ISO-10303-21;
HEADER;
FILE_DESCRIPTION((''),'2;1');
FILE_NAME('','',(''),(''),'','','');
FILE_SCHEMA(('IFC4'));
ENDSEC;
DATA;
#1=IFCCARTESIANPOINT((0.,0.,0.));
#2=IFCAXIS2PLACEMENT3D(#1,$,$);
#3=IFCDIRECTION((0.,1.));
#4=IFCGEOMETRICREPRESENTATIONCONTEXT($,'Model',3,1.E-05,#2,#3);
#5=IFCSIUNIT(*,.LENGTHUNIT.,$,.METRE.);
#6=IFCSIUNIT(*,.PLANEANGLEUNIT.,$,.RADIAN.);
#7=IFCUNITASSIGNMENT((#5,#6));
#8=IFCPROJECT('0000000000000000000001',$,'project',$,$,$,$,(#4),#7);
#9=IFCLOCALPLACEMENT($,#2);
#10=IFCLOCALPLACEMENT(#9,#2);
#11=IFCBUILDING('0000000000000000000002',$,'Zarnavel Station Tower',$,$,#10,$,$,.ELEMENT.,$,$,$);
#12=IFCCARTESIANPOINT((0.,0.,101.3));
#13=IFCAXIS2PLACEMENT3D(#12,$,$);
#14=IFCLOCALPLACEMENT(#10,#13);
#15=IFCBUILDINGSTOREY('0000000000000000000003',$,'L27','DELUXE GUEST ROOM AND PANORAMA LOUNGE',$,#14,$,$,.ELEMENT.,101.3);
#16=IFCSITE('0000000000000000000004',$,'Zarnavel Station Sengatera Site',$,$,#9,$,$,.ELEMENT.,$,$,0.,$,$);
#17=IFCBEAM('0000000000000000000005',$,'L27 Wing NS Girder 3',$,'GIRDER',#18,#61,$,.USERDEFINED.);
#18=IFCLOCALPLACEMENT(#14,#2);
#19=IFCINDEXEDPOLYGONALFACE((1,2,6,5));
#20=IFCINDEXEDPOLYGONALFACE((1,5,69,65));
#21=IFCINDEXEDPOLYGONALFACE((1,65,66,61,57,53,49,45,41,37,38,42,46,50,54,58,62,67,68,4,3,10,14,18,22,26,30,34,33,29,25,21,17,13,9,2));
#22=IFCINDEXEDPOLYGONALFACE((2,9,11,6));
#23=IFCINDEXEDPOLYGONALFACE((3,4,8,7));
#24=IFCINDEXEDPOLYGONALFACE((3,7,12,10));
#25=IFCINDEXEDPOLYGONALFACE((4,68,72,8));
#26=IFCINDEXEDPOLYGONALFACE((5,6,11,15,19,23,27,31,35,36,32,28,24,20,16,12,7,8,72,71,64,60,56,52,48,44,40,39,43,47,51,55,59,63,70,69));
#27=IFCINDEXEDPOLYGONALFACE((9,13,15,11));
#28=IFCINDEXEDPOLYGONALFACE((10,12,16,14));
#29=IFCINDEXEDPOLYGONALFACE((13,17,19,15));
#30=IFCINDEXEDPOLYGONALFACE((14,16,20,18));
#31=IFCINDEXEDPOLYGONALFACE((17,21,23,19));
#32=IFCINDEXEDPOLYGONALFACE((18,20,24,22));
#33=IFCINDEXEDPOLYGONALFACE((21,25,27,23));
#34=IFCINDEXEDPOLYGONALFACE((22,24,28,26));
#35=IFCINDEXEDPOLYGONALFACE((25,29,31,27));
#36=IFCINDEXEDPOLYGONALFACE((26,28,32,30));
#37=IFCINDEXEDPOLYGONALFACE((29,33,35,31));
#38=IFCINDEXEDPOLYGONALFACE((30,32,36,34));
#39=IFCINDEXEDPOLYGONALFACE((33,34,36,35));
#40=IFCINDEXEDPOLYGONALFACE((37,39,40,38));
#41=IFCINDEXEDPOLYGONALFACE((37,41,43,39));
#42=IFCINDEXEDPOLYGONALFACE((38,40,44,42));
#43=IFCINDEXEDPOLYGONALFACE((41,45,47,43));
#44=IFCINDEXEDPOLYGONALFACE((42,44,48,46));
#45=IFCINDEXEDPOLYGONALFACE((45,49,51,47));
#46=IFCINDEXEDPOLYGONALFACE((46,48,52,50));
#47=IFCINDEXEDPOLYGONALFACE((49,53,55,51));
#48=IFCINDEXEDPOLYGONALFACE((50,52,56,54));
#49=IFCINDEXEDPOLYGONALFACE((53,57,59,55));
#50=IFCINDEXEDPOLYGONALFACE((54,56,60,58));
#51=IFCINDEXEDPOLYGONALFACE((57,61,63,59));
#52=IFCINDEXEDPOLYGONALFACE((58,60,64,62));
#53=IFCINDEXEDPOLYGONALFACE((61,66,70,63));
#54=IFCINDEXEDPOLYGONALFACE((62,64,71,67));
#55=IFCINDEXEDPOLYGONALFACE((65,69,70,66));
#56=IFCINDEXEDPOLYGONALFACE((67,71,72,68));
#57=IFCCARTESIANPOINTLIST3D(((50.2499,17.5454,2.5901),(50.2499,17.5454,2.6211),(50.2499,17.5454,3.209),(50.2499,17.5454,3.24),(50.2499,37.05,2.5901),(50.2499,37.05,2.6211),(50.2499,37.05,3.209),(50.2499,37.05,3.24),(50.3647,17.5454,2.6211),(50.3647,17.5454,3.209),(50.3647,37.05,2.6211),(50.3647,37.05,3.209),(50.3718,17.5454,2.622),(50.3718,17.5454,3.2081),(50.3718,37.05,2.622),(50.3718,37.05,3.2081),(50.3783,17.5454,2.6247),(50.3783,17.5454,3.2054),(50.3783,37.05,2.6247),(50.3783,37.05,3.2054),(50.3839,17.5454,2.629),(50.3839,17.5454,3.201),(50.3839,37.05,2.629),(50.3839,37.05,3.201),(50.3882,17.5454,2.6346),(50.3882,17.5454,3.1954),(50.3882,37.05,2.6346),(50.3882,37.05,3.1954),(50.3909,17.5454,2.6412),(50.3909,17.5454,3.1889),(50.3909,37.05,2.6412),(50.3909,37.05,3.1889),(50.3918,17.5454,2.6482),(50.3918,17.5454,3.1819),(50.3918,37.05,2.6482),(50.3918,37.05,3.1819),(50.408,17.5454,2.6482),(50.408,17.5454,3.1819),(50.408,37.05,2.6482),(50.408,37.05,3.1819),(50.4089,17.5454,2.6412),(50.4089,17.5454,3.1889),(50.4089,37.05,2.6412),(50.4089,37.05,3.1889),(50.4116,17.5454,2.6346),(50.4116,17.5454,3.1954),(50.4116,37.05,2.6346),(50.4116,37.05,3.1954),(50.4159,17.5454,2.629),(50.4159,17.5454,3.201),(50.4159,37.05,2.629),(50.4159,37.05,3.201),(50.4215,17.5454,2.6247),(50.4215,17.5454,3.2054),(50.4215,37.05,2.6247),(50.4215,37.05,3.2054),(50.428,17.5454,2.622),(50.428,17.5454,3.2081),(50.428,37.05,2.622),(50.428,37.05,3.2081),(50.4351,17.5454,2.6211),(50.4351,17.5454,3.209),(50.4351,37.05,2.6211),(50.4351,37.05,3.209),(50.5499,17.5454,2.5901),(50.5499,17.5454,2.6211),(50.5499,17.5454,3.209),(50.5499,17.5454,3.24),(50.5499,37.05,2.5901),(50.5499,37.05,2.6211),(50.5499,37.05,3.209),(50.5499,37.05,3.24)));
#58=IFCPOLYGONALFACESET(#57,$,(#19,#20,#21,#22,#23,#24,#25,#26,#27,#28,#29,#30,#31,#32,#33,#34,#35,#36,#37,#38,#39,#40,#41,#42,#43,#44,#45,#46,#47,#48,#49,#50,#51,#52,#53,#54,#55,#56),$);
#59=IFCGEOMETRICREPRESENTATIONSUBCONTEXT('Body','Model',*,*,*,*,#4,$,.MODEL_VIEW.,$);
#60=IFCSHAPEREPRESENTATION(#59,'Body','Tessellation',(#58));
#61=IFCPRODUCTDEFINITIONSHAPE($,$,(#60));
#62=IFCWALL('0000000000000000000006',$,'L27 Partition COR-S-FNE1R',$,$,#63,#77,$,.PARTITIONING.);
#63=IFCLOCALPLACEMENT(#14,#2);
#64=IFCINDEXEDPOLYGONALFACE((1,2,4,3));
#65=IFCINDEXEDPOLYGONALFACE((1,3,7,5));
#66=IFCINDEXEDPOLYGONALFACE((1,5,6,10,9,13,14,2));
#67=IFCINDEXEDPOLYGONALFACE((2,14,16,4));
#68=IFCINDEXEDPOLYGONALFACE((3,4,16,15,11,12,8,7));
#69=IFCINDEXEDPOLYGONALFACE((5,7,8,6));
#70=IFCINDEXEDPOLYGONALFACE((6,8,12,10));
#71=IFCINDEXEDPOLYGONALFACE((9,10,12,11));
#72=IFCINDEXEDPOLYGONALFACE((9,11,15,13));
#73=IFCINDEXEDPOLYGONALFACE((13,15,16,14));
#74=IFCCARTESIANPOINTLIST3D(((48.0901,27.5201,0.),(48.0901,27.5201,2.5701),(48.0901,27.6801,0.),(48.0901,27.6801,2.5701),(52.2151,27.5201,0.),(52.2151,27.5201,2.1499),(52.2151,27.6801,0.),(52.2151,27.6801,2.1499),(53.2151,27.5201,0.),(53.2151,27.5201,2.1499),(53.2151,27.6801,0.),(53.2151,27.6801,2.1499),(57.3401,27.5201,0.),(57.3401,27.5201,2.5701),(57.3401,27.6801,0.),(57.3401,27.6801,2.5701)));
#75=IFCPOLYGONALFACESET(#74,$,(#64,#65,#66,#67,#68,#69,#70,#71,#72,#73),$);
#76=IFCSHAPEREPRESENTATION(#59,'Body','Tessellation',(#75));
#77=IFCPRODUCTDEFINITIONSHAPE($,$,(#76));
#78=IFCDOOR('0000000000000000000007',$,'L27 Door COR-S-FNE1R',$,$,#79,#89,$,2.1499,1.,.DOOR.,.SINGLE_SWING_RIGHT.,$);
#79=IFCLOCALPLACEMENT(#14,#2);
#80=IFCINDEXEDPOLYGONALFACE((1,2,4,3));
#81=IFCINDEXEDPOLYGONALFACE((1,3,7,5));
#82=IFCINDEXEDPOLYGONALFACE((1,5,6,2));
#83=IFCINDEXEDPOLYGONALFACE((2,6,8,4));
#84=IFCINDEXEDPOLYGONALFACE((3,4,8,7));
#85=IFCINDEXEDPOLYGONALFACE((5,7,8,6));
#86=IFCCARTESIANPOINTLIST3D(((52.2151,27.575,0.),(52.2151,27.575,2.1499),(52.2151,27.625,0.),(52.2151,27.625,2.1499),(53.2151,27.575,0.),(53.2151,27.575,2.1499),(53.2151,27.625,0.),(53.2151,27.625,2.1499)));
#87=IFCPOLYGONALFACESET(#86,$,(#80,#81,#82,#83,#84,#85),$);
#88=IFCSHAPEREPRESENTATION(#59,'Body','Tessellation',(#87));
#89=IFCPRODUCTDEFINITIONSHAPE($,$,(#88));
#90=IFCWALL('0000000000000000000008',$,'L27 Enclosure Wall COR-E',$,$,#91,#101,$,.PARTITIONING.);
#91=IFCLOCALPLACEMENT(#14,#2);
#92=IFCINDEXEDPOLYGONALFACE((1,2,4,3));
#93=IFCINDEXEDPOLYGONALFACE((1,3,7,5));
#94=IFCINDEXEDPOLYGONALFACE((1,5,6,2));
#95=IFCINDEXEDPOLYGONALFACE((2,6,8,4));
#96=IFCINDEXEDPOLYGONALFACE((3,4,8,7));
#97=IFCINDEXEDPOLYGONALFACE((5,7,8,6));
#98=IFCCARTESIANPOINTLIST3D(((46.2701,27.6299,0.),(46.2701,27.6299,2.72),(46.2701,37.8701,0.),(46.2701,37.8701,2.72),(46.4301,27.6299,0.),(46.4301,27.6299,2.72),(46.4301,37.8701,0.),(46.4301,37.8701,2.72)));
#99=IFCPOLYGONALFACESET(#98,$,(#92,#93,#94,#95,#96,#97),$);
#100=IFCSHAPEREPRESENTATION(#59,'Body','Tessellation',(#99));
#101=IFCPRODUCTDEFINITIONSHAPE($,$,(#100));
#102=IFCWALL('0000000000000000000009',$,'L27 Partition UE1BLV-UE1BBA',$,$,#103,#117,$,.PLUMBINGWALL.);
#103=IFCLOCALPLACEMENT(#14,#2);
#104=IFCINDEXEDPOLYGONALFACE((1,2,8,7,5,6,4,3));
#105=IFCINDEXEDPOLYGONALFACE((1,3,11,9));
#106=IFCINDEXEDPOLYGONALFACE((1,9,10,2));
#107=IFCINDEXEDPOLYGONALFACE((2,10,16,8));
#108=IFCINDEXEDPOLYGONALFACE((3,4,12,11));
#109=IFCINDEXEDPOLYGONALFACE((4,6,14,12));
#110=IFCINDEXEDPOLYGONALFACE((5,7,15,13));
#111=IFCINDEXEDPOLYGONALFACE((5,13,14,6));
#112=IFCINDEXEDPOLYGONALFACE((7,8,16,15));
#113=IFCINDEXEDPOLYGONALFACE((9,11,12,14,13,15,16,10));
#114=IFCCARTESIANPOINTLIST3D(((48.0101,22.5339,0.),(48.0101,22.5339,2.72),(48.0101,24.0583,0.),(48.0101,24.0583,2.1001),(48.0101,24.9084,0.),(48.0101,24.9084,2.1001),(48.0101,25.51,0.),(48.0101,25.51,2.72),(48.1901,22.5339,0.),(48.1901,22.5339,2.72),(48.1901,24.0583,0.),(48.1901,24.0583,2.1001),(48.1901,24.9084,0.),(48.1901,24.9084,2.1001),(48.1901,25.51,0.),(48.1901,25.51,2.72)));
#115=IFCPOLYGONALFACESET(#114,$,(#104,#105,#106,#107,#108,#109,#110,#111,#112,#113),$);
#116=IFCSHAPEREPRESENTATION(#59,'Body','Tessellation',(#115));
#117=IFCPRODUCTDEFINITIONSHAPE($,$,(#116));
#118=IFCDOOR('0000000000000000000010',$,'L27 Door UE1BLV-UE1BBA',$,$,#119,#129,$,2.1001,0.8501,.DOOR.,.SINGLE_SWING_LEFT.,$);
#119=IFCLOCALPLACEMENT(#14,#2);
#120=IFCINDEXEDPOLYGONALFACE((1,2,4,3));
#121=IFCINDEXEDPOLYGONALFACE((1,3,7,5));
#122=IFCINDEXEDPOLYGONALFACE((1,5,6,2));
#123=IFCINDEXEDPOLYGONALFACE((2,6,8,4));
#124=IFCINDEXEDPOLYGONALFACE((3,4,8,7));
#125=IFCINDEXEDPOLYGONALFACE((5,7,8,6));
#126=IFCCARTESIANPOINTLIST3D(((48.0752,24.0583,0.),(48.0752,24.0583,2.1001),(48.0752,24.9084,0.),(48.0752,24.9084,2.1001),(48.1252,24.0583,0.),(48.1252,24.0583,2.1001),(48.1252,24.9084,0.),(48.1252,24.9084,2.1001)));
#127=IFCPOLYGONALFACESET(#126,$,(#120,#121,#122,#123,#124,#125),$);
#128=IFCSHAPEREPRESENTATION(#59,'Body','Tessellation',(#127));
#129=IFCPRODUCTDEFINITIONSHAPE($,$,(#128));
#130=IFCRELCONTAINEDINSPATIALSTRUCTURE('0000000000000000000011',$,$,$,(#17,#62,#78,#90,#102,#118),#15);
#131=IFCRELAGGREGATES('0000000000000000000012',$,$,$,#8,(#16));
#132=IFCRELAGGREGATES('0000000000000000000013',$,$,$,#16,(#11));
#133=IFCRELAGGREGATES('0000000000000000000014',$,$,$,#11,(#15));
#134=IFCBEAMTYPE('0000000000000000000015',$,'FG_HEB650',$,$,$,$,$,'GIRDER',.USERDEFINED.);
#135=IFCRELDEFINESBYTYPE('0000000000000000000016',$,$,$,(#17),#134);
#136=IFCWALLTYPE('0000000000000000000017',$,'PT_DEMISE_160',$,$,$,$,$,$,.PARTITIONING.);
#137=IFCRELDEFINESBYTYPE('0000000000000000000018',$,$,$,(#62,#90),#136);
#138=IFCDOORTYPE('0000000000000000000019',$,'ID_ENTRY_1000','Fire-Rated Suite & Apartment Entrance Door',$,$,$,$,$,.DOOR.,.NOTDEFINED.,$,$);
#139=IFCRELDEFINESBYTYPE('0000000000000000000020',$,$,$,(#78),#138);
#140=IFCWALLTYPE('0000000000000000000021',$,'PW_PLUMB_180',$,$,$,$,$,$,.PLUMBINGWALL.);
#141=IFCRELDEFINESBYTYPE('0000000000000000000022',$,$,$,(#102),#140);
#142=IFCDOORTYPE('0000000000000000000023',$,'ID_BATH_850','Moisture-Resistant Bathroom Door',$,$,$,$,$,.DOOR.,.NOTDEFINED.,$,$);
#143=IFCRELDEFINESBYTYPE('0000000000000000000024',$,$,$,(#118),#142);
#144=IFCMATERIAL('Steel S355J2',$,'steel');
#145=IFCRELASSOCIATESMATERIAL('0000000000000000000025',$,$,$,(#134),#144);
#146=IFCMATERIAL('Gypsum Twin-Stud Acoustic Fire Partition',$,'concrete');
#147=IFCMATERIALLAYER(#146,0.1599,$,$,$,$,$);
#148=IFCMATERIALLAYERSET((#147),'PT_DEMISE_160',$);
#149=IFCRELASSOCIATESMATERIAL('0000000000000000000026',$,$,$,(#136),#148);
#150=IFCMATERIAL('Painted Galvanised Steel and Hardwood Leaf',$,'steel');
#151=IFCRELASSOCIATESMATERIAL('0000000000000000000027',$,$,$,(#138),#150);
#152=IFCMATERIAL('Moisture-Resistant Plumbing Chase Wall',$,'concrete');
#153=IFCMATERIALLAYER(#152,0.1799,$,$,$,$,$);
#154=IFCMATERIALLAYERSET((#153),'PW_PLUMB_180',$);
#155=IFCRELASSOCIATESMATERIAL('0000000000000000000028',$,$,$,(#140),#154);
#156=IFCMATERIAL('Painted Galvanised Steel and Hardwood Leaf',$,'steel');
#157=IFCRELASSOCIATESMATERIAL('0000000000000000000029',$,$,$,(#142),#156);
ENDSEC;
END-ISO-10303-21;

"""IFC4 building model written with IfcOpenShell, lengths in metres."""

from ifc_helpers import new_model, si_unit, direction, frame, frame_2d, origin, origin_2d, place, context, subcontext, project, spatial, rectangle, i_section, extrude, material, layer, layer_set, material_profile, profile_set, type_object, element, fill, save


model = new_model("IFC4")

# Units and contexts
model_context = context("Model", 3, precision=1e-05, world=origin(), true_north=direction((0.0, 1.0)))
body_context = subcontext(model_context, "Body", "Model", "MODEL_VIEW")
ifc_project = project(units=[si_unit("LENGTHUNIT", "METRE"), si_unit("PLANEANGLEUNIT", "RADIAN")], contexts=[model_context])

# Site, building, storey
site_placement = place(None, origin())
site = spatial("IfcSite", under=ifc_project, at=site_placement, Name="Zarnavel Station Sengatera Site", CompositionType="ELEMENT", RefElevation=0.0)
building_placement = place(site_placement, origin())
building = spatial("IfcBuilding", under=site, at=building_placement, Name="Zarnavel Station Tower", CompositionType="ELEMENT")
storey_placement = place(building_placement, frame((0.0, 0.0, 101.3)))
storey = spatial("IfcBuildingStorey", under=building, at=storey_placement, Name="L27", Description="DELUXE GUEST ROOM AND PANORAMA LOUNGE", CompositionType="ELEMENT", Elevation=101.3)

# Beam
ifc_material_1 = material(Name="Steel S355J2", Category="steel")
ifc_material_profile_1 = material_profile(ifc_material_1, i_section(OverallWidth=0.3, OverallDepth=0.6499, WebThickness=0.0161, FlangeThickness=0.031, FilletRadius=0.0271, at=origin_2d()), Name="HEB650")
ifc_profile_set_1 = profile_set([ifc_material_profile_1], Name="Steel S355J2")
beam_type_1 = type_object("IfcBeamType", Name="FG_HEB650", ElementType="GIRDER", PredefinedType="USERDEFINED", material=ifc_profile_set_1)
beam_1_placement = place(storey_placement, frame((50.3999, 17.5454, 2.915), z_axis=(0.0, 1.0, 0.0), x_axis=(-1.0, 0.0, 0.0)))
element("IfcBeam", 1, at=beam_1_placement, inside=storey, type_object=beam_type_1, Name="L27 Wing NS Girder 3", ObjectType="GIRDER", PredefinedType="USERDEFINED", context=body_context, shape_type="SweptSolid", body=[
    extrude(i_section(OverallWidth=0.3, OverallDepth=0.6499, WebThickness=0.0161, FlangeThickness=0.031, FilletRadius=0.0271, at=origin_2d()), origin(), (0.0, 0.0, 1.0), 19.5046),
])

# Wall, opening, door
ifc_material_2 = material(Name="Gypsum Twin-Stud Acoustic Fire Partition", Category="concrete")
ifc_layer_1 = layer(ifc_material_2, 0.1599)
ifc_layer_set_1 = layer_set([ifc_layer_1], Name="PT_DEMISE_160")
wall_type_1 = type_object("IfcWallType", Name="PT_DEMISE_160", PredefinedType="PARTITIONING", material=ifc_layer_set_1)
wall_1_placement = place(storey_placement, frame((48.0901, 27.6001, 0.0), z_axis=(0.0, 0.0, 1.0), x_axis=(1.0, 0.0, 0.0)))
wall_1 = element("IfcWall", 2, at=wall_1_placement, inside=storey, type_object=wall_type_1, Name="L27 Partition COR-S-FNE1R", PredefinedType="PARTITIONING", context=body_context, shape_type="SweptSolid", body=[
    extrude(rectangle(XDim=9.25, YDim=0.1599, at=frame_2d((4.625, 0.0))), origin(), (0.0, 0.0, 1.0), 2.5701),
])
opening_1_placement = place(wall_1_placement, frame((4.125, 0.0, 0.0)))
opening_1 = element("IfcOpeningElement", 3, at=opening_1_placement, cuts=wall_1, PredefinedType="OPENING", context=body_context, shape_type="SweptSolid", body=[
    extrude(rectangle(XDim=1.0, YDim=2.1499, at=frame_2d((0.5, 1.075))), frame((0.0, 0.0898, 0.0), z_axis=(0.0, -1.0, 0.0), x_axis=(1.0, 0.0, 0.0)), (0.0, 0.0, 1.0), 0.1799),
])
ifc_material_3 = material(Name="Painted Galvanised Steel and Hardwood Leaf", Category="steel")
door_type_1 = type_object("IfcDoorType", Name="ID_ENTRY_1000", Description="Fire-Rated Suite & Apartment Entrance Door", OperationType="NOTDEFINED", PredefinedType="DOOR", material=ifc_material_3)
door_1_placement = place(opening_1_placement, origin())
door_1 = element("IfcDoor", 4, at=door_1_placement, inside=storey, type_object=door_type_1, Name="L27 Door COR-S-FNE1R", OperationType="SINGLE_SWING_RIGHT", OverallHeight=2.1499, OverallWidth=1.0, PredefinedType="DOOR", context=body_context, shape_type="SweptSolid", body=[
    extrude(rectangle(XDim=1.0, YDim=2.1499, at=frame_2d((0.5, 1.075))), frame((0.0, 0.0249, 0.0), z_axis=(0.0, -1.0, 0.0), x_axis=(1.0, 0.0, 0.0)), (0.0, 0.0, 1.0), 0.05),
])
fill(opening_1, door_1)

# Wall
wall_2_placement = place(storey_placement, frame((46.3501, 27.6299, 0.0), z_axis=(0.0, 0.0, 1.0), x_axis=(0.0, 1.0, 0.0)))
element("IfcWall", 5, at=wall_2_placement, inside=storey, type_object=wall_type_1, Name="L27 Enclosure Wall COR-E", PredefinedType="PARTITIONING", context=body_context, shape_type="SweptSolid", body=[
    extrude(rectangle(XDim=10.2402, YDim=0.1599, at=frame_2d((5.1201, 0.0))), origin(), (0.0, 0.0, 1.0), 2.72),
])

# Wall, opening, door
ifc_material_4 = material(Name="Moisture-Resistant Plumbing Chase Wall", Category="concrete")
ifc_layer_2 = layer(ifc_material_4, 0.1799)
ifc_layer_set_2 = layer_set([ifc_layer_2], Name="PW_PLUMB_180")
wall_type_2 = type_object("IfcWallType", Name="PW_PLUMB_180", PredefinedType="PLUMBINGWALL", material=ifc_layer_set_2)
wall_3_placement = place(storey_placement, frame((48.1001, 22.5339, 0.0), z_axis=(0.0, 0.0, 1.0), x_axis=(0.0, 1.0, 0.0)))
wall_3 = element("IfcWall", 6, at=wall_3_placement, inside=storey, type_object=wall_type_2, Name="L27 Partition UE1BLV-UE1BBA", PredefinedType="PLUMBINGWALL", context=body_context, shape_type="SweptSolid", body=[
    extrude(rectangle(XDim=2.9761, YDim=0.1799, at=frame_2d((1.488, 0.0))), origin(), (0.0, 0.0, 1.0), 2.72),
])
opening_2_placement = place(wall_3_placement, frame((1.5244, 0.0, 0.0)))
opening_2 = element("IfcOpeningElement", 7, at=opening_2_placement, cuts=wall_3, PredefinedType="OPENING", context=body_context, shape_type="SweptSolid", body=[
    extrude(rectangle(XDim=0.8501, YDim=2.1001, at=frame_2d((0.425, 1.05))), frame((0.0, 0.0999, 0.0), z_axis=(0.0, -1.0, 0.0), x_axis=(1.0, 0.0, 0.0)), (0.0, 0.0, 1.0), 0.2),
])
ifc_material_5 = material(Name="Painted Galvanised Steel and Hardwood Leaf", Category="steel")
door_type_2 = type_object("IfcDoorType", Name="ID_BATH_850", Description="Moisture-Resistant Bathroom Door", OperationType="NOTDEFINED", PredefinedType="DOOR", material=ifc_material_5)
door_2_placement = place(opening_2_placement, origin())
door_2 = element("IfcDoor", 8, at=door_2_placement, inside=storey, type_object=door_type_2, Name="L27 Door UE1BLV-UE1BBA", OperationType="SINGLE_SWING_LEFT", OverallHeight=2.1001, OverallWidth=0.8501, PredefinedType="DOOR", context=body_context, shape_type="SweptSolid", body=[
    extrude(rectangle(XDim=0.8501, YDim=2.1001, at=frame_2d((0.425, 1.05))), frame((0.0, 0.0249, 0.0), z_axis=(0.0, -1.0, 0.0), x_axis=(1.0, 0.0, 0.0)), (0.0, 0.0, 1.0), 0.05),
])
fill(opening_2, door_2)

save(model, "model.ifc")
